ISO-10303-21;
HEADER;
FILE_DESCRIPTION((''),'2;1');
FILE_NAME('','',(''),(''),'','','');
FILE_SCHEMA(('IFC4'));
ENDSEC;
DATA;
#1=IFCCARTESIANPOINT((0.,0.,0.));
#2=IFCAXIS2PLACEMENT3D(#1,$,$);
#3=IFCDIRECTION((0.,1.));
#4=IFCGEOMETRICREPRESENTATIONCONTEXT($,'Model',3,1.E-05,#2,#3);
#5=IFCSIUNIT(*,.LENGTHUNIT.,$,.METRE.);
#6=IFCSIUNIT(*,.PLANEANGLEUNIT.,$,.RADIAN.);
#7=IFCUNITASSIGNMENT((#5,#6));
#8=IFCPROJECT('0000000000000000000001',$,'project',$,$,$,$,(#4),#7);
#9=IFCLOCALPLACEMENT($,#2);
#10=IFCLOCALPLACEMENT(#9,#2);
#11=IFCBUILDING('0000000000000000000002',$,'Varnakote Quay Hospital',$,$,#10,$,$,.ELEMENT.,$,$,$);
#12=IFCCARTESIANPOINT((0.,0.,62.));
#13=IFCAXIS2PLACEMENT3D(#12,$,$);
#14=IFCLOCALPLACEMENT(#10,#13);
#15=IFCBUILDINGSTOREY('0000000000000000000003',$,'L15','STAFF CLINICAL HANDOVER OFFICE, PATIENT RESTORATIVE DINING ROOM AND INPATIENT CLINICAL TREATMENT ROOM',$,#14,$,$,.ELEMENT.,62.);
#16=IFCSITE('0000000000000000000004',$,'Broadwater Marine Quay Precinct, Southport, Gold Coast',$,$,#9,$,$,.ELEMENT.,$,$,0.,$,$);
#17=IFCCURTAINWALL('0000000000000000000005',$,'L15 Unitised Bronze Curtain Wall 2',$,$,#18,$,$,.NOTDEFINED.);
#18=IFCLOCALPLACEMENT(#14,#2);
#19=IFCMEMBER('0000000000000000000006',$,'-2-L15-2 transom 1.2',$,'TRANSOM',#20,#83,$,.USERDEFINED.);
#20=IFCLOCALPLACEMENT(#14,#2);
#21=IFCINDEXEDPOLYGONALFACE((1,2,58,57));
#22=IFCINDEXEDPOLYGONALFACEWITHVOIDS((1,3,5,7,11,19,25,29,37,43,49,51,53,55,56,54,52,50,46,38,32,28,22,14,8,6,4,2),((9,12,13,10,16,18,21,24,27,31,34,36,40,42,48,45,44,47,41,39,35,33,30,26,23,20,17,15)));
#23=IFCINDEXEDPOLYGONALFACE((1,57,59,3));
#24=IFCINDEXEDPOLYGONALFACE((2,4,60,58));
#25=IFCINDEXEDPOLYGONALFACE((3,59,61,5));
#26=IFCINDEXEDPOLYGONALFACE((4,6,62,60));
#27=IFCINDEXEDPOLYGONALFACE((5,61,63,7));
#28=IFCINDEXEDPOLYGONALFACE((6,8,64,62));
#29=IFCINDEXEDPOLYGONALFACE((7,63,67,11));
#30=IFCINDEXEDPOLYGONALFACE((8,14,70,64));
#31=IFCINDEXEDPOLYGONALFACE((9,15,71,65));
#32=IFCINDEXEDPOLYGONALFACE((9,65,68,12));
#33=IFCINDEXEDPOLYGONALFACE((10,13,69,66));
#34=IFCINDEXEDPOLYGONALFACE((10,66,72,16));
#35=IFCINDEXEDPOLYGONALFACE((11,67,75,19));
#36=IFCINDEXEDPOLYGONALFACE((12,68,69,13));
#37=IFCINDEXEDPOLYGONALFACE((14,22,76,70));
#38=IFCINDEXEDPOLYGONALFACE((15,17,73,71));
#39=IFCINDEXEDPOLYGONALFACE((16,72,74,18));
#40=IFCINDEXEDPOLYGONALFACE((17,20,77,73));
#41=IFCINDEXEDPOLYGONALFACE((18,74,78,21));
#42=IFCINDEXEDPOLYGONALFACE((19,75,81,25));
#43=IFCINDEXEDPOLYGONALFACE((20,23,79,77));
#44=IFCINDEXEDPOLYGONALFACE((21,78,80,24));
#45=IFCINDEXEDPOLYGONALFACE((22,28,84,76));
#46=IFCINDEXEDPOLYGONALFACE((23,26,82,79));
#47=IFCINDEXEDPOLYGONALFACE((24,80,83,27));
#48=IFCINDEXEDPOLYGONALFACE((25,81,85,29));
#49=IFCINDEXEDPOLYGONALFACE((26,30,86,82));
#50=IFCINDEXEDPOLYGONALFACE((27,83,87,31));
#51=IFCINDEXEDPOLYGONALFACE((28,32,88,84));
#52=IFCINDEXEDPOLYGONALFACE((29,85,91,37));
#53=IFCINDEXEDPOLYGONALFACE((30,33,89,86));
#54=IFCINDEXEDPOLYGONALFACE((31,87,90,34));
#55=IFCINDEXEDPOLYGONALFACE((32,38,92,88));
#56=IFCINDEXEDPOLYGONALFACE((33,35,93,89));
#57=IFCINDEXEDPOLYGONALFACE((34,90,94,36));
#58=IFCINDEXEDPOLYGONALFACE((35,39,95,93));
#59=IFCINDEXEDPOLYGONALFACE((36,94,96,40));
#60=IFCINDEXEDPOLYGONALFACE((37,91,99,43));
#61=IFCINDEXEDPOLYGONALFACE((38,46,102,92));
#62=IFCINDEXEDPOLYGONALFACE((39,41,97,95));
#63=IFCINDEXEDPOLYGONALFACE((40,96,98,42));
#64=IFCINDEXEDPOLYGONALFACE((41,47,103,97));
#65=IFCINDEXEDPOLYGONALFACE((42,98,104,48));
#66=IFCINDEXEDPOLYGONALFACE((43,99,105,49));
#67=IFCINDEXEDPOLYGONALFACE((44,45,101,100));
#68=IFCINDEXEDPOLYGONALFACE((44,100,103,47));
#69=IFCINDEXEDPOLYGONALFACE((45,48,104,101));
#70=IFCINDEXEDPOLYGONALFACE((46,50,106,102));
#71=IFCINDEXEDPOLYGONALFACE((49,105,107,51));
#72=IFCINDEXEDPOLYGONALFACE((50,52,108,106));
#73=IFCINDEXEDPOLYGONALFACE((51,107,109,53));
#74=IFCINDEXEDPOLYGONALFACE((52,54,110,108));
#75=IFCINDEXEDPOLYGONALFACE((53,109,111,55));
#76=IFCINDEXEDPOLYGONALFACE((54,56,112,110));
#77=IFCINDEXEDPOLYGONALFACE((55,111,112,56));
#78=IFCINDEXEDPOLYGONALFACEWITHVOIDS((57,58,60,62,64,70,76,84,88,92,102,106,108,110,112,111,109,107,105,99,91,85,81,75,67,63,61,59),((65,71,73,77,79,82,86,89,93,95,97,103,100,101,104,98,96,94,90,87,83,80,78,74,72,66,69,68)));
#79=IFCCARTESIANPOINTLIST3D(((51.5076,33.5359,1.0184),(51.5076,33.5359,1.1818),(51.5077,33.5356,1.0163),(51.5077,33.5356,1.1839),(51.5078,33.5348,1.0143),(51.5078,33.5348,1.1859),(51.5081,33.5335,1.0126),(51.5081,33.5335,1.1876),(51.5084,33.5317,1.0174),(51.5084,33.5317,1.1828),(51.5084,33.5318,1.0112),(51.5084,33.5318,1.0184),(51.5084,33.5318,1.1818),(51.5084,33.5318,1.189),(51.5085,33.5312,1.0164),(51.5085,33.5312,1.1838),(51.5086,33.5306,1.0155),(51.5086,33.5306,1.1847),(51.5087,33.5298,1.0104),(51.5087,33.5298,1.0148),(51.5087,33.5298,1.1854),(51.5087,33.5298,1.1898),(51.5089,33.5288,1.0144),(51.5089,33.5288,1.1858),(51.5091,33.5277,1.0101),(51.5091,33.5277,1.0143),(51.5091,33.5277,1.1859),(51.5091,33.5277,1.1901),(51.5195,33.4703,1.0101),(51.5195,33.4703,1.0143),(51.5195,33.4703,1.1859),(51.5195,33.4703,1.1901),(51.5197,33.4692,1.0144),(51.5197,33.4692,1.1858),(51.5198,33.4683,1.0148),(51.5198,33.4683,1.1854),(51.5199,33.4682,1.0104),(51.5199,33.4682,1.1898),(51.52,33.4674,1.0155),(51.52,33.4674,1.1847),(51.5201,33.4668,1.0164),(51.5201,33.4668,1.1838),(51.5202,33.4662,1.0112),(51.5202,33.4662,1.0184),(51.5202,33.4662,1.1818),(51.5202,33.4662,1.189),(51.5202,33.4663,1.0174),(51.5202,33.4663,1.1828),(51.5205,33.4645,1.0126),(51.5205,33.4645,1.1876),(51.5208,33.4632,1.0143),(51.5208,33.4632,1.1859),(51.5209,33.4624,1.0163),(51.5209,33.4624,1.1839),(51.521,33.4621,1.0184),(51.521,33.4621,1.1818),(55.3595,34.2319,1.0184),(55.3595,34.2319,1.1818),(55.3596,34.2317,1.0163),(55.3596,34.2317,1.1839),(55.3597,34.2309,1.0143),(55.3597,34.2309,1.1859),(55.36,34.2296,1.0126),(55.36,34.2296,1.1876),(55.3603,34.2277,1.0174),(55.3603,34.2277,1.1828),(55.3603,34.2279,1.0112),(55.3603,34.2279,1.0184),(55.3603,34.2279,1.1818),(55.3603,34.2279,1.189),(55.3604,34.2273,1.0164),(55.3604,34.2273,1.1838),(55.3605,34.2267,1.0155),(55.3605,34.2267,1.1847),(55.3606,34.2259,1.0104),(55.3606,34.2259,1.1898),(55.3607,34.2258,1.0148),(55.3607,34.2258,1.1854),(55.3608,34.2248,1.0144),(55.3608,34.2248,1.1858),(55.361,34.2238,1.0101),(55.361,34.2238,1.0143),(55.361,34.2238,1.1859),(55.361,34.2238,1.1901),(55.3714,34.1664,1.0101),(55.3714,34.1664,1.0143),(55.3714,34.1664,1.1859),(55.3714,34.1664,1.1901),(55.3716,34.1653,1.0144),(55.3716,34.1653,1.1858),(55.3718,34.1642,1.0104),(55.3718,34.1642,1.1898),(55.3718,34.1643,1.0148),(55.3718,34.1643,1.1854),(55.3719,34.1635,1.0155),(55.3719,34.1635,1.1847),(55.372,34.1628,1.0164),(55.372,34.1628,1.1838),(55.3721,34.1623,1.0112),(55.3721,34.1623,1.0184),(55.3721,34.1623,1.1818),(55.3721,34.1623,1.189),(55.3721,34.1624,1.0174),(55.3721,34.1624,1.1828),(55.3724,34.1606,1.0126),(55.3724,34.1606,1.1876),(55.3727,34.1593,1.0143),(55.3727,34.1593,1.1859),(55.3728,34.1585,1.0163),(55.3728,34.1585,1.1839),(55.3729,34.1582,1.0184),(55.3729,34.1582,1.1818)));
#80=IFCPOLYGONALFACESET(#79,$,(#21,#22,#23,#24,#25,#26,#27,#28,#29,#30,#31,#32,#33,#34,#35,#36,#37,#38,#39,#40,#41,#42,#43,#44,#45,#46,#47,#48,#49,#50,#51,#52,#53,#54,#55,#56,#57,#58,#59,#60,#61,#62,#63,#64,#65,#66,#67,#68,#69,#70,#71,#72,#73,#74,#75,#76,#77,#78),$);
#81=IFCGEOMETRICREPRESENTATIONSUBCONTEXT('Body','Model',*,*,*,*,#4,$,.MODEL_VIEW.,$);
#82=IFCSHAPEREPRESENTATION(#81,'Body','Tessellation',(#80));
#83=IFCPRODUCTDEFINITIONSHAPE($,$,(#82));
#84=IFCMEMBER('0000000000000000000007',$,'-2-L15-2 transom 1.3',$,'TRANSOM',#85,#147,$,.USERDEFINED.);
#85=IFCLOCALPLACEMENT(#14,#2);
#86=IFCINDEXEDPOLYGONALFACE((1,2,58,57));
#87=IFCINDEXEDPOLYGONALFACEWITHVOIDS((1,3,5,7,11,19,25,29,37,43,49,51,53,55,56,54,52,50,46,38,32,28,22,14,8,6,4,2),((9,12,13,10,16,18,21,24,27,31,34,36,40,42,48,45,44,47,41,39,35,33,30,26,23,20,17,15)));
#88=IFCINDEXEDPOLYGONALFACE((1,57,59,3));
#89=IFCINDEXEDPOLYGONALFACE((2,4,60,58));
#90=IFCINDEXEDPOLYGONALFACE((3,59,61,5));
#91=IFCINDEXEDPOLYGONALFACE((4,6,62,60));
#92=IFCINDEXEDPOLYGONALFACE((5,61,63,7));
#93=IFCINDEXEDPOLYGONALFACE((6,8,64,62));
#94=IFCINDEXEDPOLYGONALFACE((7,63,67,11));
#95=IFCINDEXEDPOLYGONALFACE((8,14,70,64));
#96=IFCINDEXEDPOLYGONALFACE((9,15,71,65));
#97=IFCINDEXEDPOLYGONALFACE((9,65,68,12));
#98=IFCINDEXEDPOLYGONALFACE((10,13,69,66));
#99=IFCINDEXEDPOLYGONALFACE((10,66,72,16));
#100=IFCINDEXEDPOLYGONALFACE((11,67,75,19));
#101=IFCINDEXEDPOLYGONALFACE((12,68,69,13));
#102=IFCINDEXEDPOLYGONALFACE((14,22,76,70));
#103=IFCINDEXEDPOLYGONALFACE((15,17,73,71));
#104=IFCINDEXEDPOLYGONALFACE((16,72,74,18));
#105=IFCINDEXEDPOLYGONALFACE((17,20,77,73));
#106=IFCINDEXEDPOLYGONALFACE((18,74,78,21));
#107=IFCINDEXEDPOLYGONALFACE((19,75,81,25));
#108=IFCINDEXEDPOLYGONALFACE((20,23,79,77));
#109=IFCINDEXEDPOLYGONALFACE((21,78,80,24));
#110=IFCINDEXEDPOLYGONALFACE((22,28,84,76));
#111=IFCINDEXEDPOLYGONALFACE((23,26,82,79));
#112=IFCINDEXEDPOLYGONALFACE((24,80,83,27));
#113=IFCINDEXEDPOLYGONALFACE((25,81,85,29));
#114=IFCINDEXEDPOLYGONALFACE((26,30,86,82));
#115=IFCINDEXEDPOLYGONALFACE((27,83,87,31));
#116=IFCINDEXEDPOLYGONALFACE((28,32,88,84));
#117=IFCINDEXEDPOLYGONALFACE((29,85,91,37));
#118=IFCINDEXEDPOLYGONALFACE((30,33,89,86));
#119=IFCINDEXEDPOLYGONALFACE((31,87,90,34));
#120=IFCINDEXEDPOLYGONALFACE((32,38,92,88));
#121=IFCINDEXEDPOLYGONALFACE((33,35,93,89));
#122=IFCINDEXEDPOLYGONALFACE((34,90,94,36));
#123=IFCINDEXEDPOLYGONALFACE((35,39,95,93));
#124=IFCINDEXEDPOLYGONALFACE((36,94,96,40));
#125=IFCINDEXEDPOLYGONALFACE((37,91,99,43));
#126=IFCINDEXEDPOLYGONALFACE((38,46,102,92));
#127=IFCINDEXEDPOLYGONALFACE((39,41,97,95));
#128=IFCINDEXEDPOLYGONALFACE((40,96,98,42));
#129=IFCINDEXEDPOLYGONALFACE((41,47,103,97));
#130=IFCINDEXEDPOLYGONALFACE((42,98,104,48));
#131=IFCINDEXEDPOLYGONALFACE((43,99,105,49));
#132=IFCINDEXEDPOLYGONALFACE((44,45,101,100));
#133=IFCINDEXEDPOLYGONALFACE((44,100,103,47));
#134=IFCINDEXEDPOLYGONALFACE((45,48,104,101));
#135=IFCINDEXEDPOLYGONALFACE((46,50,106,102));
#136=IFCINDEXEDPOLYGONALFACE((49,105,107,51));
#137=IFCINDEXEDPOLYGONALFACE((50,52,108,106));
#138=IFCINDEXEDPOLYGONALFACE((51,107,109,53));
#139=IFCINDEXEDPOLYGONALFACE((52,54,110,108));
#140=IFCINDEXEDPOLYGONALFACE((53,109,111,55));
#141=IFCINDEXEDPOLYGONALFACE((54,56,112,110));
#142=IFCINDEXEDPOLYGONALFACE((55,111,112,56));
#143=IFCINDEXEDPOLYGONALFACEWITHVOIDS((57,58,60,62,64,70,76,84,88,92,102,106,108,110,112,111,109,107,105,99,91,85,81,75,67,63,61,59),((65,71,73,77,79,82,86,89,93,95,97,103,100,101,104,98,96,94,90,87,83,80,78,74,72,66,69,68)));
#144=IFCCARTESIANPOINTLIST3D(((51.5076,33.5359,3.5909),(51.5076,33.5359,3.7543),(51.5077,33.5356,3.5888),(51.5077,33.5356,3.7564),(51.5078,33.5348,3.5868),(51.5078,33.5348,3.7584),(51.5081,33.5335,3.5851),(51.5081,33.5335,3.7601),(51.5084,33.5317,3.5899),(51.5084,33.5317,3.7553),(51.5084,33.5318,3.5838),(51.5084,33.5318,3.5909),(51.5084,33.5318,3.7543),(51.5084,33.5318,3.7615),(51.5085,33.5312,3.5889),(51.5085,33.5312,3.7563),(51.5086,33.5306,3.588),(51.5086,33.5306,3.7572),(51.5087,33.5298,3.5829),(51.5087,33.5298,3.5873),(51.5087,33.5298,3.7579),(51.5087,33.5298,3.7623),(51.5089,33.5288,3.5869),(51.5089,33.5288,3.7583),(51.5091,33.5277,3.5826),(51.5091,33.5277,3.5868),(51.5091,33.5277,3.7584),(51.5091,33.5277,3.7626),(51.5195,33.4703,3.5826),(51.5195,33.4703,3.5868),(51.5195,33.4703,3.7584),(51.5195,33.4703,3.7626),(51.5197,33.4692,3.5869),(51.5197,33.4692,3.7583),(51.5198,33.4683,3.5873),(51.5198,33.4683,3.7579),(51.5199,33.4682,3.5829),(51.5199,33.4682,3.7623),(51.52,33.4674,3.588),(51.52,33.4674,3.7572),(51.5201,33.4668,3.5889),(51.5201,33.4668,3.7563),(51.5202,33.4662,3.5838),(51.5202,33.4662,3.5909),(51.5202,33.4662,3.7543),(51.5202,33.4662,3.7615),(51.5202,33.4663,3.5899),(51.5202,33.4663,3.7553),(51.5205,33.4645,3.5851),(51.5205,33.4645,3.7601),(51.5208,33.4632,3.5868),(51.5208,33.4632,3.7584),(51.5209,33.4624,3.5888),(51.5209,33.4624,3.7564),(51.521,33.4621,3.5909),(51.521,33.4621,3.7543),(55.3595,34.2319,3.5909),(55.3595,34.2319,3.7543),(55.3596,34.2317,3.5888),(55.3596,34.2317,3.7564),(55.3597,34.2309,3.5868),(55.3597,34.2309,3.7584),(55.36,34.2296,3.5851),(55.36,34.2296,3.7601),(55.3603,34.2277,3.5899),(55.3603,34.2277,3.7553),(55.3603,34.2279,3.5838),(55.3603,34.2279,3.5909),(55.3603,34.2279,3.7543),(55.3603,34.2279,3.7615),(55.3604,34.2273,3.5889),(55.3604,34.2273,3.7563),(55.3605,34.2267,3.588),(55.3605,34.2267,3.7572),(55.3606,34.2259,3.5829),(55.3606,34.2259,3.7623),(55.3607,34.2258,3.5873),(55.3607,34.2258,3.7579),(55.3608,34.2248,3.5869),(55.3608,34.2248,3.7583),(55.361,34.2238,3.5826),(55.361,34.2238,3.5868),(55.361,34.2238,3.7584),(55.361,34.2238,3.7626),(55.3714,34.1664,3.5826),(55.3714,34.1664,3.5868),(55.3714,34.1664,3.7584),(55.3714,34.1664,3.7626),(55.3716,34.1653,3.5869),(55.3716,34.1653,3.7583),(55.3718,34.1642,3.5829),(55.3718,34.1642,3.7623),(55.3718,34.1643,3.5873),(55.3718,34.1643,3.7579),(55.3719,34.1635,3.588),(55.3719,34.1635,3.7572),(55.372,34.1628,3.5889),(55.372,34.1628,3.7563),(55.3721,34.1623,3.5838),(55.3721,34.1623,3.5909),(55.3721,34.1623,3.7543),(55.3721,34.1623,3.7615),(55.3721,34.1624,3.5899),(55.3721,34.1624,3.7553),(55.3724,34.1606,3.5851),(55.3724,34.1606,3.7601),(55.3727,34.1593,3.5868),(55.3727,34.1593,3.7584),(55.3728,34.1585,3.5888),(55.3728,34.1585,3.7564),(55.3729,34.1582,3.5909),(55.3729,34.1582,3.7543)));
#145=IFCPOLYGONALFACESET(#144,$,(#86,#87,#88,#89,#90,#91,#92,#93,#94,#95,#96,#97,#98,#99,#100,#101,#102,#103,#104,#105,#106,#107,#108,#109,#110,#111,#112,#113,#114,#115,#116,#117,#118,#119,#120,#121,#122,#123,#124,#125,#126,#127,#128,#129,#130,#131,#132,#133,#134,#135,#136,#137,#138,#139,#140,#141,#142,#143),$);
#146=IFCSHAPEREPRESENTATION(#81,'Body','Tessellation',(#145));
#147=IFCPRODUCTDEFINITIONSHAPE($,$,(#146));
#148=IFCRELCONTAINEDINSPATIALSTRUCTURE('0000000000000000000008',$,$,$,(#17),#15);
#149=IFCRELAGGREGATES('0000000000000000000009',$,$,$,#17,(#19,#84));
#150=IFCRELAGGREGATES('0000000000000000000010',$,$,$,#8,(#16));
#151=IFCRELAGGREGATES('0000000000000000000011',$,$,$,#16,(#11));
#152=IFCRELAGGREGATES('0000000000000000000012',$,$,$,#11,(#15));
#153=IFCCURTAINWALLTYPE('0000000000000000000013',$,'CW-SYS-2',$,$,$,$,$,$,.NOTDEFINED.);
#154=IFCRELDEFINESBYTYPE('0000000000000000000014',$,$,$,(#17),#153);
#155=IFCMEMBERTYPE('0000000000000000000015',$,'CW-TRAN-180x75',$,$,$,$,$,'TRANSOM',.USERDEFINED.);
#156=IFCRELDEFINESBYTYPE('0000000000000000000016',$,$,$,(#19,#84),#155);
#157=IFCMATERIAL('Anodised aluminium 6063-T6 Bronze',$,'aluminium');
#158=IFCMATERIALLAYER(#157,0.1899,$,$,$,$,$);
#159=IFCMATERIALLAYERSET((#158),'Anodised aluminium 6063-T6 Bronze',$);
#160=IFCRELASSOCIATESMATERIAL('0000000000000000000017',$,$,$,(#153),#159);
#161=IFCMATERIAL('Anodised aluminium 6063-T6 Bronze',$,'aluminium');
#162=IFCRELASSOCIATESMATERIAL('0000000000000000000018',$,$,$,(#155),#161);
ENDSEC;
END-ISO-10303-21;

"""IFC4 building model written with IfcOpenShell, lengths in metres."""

from ifc_helpers import new_model, si_unit, direction, frame, origin, origin_2d, place, context, subcontext, project, spatial, hollow_rectangle, extrude, material, layer, layer_set, material_profile, profile_set, type_object, element, aggregate, save


model = new_model("IFC4")

# Units and contexts
model_context = context("Model", 3, precision=1e-05, world=origin(), true_north=direction((0.0, 1.0)))
body_context = subcontext(model_context, "Body", "Model", "MODEL_VIEW")
ifc_project = project(units=[si_unit("LENGTHUNIT", "METRE"), si_unit("PLANEANGLEUNIT", "RADIAN")], contexts=[model_context])

# Site, building, storey
site_placement = place(None, origin())
site = spatial("IfcSite", under=ifc_project, at=site_placement, Name="Broadwater Marine Quay Precinct, Southport, Gold Coast", CompositionType="ELEMENT", RefElevation=0.0)
building_placement = place(site_placement, origin())
building = spatial("IfcBuilding", under=site, at=building_placement, Name="Varnakote Quay Hospital", CompositionType="ELEMENT")
storey_placement = place(building_placement, frame((0.0, 0.0, 62.0)))
storey = spatial("IfcBuildingStorey", under=building, at=storey_placement, Name="L15", Description="STAFF CLINICAL HANDOVER OFFICE, PATIENT RESTORATIVE DINING ROOM AND INPATIENT CLINICAL TREATMENT ROOM", CompositionType="ELEMENT", Elevation=62.0)

# Shared definitions
ifc_material_1 = material(Name="Anodised aluminium 6063-T6 Bronze", Category="aluminium")
ifc_layer_1 = layer(ifc_material_1, 0.1899)
ifc_layer_set_1 = layer_set([ifc_layer_1], Name="Anodised aluminium 6063-T6 Bronze")
curtain_wall_type = type_object("IfcCurtainWallType", Name="CW-SYS-2", PredefinedType="NOTDEFINED", material=ifc_layer_set_1)

# Curtain wall
curtain_wall_1_placement = place(storey_placement, origin())
curtain_wall_1 = element("IfcCurtainWall", 1, at=curtain_wall_1_placement, inside=storey, type_object=curtain_wall_type, Name="L15 Unitised Bronze Curtain Wall 2", PredefinedType="NOTDEFINED")

# Members
ifc_material_2 = material(Name="Anodised aluminium 6063-T6 Bronze", Category="aluminium")
ifc_material_profile_1 = material_profile(ifc_material_2, hollow_rectangle(XDim=0.075, YDim=0.1799, WallThickness=0.0042, InnerFilletRadius=0.0042, OuterFilletRadius=0.0083, at=origin_2d()), Name="CW-TRAN-180x75")
ifc_profile_set_1 = profile_set([ifc_material_profile_1], Name="Anodised aluminium 6063-T6 Bronze")
member_type_1 = type_object("IfcMemberType", Name="CW-TRAN-180x75", ElementType="TRANSOM", PredefinedType="USERDEFINED", material=ifc_profile_set_1)
member_1_placement = place(storey_placement, frame((55.3662, 34.1951, 1.1001), z_axis=(-0.984062, -0.177826, 0.0), x_axis=(0.177826, -0.984062, 0.0)))
member_1 = element("IfcMember", 2, at=member_1_placement, type_object=member_type_1, Name="-2-L15-2 transom 1.2", ObjectType="TRANSOM", PredefinedType="USERDEFINED", context=body_context, shape_type="SweptSolid", body=[
    extrude(hollow_rectangle(XDim=0.075, YDim=0.1799, WallThickness=0.0042, InnerFilletRadius=0.0042, OuterFilletRadius=0.0083, at=origin_2d()), origin(), (0.0, 0.0, 1.0), 3.9143),
])
member_2_placement = place(storey_placement, frame((55.3662, 34.1951, 3.6726), z_axis=(-0.984062, -0.177826, 0.0), x_axis=(0.177826, -0.984062, 0.0)))
member_2 = element("IfcMember", 3, at=member_2_placement, type_object=member_type_1, Name="-2-L15-2 transom 1.3", ObjectType="TRANSOM", PredefinedType="USERDEFINED", context=body_context, shape_type="SweptSolid", body=[
    extrude(hollow_rectangle(XDim=0.075, YDim=0.1799, WallThickness=0.0042, InnerFilletRadius=0.0042, OuterFilletRadius=0.0083, at=origin_2d()), origin(), (0.0, 0.0, 1.0), 3.9143),
])

aggregate(curtain_wall_1, [member_1, member_2])

save(model, "model.ifc")
